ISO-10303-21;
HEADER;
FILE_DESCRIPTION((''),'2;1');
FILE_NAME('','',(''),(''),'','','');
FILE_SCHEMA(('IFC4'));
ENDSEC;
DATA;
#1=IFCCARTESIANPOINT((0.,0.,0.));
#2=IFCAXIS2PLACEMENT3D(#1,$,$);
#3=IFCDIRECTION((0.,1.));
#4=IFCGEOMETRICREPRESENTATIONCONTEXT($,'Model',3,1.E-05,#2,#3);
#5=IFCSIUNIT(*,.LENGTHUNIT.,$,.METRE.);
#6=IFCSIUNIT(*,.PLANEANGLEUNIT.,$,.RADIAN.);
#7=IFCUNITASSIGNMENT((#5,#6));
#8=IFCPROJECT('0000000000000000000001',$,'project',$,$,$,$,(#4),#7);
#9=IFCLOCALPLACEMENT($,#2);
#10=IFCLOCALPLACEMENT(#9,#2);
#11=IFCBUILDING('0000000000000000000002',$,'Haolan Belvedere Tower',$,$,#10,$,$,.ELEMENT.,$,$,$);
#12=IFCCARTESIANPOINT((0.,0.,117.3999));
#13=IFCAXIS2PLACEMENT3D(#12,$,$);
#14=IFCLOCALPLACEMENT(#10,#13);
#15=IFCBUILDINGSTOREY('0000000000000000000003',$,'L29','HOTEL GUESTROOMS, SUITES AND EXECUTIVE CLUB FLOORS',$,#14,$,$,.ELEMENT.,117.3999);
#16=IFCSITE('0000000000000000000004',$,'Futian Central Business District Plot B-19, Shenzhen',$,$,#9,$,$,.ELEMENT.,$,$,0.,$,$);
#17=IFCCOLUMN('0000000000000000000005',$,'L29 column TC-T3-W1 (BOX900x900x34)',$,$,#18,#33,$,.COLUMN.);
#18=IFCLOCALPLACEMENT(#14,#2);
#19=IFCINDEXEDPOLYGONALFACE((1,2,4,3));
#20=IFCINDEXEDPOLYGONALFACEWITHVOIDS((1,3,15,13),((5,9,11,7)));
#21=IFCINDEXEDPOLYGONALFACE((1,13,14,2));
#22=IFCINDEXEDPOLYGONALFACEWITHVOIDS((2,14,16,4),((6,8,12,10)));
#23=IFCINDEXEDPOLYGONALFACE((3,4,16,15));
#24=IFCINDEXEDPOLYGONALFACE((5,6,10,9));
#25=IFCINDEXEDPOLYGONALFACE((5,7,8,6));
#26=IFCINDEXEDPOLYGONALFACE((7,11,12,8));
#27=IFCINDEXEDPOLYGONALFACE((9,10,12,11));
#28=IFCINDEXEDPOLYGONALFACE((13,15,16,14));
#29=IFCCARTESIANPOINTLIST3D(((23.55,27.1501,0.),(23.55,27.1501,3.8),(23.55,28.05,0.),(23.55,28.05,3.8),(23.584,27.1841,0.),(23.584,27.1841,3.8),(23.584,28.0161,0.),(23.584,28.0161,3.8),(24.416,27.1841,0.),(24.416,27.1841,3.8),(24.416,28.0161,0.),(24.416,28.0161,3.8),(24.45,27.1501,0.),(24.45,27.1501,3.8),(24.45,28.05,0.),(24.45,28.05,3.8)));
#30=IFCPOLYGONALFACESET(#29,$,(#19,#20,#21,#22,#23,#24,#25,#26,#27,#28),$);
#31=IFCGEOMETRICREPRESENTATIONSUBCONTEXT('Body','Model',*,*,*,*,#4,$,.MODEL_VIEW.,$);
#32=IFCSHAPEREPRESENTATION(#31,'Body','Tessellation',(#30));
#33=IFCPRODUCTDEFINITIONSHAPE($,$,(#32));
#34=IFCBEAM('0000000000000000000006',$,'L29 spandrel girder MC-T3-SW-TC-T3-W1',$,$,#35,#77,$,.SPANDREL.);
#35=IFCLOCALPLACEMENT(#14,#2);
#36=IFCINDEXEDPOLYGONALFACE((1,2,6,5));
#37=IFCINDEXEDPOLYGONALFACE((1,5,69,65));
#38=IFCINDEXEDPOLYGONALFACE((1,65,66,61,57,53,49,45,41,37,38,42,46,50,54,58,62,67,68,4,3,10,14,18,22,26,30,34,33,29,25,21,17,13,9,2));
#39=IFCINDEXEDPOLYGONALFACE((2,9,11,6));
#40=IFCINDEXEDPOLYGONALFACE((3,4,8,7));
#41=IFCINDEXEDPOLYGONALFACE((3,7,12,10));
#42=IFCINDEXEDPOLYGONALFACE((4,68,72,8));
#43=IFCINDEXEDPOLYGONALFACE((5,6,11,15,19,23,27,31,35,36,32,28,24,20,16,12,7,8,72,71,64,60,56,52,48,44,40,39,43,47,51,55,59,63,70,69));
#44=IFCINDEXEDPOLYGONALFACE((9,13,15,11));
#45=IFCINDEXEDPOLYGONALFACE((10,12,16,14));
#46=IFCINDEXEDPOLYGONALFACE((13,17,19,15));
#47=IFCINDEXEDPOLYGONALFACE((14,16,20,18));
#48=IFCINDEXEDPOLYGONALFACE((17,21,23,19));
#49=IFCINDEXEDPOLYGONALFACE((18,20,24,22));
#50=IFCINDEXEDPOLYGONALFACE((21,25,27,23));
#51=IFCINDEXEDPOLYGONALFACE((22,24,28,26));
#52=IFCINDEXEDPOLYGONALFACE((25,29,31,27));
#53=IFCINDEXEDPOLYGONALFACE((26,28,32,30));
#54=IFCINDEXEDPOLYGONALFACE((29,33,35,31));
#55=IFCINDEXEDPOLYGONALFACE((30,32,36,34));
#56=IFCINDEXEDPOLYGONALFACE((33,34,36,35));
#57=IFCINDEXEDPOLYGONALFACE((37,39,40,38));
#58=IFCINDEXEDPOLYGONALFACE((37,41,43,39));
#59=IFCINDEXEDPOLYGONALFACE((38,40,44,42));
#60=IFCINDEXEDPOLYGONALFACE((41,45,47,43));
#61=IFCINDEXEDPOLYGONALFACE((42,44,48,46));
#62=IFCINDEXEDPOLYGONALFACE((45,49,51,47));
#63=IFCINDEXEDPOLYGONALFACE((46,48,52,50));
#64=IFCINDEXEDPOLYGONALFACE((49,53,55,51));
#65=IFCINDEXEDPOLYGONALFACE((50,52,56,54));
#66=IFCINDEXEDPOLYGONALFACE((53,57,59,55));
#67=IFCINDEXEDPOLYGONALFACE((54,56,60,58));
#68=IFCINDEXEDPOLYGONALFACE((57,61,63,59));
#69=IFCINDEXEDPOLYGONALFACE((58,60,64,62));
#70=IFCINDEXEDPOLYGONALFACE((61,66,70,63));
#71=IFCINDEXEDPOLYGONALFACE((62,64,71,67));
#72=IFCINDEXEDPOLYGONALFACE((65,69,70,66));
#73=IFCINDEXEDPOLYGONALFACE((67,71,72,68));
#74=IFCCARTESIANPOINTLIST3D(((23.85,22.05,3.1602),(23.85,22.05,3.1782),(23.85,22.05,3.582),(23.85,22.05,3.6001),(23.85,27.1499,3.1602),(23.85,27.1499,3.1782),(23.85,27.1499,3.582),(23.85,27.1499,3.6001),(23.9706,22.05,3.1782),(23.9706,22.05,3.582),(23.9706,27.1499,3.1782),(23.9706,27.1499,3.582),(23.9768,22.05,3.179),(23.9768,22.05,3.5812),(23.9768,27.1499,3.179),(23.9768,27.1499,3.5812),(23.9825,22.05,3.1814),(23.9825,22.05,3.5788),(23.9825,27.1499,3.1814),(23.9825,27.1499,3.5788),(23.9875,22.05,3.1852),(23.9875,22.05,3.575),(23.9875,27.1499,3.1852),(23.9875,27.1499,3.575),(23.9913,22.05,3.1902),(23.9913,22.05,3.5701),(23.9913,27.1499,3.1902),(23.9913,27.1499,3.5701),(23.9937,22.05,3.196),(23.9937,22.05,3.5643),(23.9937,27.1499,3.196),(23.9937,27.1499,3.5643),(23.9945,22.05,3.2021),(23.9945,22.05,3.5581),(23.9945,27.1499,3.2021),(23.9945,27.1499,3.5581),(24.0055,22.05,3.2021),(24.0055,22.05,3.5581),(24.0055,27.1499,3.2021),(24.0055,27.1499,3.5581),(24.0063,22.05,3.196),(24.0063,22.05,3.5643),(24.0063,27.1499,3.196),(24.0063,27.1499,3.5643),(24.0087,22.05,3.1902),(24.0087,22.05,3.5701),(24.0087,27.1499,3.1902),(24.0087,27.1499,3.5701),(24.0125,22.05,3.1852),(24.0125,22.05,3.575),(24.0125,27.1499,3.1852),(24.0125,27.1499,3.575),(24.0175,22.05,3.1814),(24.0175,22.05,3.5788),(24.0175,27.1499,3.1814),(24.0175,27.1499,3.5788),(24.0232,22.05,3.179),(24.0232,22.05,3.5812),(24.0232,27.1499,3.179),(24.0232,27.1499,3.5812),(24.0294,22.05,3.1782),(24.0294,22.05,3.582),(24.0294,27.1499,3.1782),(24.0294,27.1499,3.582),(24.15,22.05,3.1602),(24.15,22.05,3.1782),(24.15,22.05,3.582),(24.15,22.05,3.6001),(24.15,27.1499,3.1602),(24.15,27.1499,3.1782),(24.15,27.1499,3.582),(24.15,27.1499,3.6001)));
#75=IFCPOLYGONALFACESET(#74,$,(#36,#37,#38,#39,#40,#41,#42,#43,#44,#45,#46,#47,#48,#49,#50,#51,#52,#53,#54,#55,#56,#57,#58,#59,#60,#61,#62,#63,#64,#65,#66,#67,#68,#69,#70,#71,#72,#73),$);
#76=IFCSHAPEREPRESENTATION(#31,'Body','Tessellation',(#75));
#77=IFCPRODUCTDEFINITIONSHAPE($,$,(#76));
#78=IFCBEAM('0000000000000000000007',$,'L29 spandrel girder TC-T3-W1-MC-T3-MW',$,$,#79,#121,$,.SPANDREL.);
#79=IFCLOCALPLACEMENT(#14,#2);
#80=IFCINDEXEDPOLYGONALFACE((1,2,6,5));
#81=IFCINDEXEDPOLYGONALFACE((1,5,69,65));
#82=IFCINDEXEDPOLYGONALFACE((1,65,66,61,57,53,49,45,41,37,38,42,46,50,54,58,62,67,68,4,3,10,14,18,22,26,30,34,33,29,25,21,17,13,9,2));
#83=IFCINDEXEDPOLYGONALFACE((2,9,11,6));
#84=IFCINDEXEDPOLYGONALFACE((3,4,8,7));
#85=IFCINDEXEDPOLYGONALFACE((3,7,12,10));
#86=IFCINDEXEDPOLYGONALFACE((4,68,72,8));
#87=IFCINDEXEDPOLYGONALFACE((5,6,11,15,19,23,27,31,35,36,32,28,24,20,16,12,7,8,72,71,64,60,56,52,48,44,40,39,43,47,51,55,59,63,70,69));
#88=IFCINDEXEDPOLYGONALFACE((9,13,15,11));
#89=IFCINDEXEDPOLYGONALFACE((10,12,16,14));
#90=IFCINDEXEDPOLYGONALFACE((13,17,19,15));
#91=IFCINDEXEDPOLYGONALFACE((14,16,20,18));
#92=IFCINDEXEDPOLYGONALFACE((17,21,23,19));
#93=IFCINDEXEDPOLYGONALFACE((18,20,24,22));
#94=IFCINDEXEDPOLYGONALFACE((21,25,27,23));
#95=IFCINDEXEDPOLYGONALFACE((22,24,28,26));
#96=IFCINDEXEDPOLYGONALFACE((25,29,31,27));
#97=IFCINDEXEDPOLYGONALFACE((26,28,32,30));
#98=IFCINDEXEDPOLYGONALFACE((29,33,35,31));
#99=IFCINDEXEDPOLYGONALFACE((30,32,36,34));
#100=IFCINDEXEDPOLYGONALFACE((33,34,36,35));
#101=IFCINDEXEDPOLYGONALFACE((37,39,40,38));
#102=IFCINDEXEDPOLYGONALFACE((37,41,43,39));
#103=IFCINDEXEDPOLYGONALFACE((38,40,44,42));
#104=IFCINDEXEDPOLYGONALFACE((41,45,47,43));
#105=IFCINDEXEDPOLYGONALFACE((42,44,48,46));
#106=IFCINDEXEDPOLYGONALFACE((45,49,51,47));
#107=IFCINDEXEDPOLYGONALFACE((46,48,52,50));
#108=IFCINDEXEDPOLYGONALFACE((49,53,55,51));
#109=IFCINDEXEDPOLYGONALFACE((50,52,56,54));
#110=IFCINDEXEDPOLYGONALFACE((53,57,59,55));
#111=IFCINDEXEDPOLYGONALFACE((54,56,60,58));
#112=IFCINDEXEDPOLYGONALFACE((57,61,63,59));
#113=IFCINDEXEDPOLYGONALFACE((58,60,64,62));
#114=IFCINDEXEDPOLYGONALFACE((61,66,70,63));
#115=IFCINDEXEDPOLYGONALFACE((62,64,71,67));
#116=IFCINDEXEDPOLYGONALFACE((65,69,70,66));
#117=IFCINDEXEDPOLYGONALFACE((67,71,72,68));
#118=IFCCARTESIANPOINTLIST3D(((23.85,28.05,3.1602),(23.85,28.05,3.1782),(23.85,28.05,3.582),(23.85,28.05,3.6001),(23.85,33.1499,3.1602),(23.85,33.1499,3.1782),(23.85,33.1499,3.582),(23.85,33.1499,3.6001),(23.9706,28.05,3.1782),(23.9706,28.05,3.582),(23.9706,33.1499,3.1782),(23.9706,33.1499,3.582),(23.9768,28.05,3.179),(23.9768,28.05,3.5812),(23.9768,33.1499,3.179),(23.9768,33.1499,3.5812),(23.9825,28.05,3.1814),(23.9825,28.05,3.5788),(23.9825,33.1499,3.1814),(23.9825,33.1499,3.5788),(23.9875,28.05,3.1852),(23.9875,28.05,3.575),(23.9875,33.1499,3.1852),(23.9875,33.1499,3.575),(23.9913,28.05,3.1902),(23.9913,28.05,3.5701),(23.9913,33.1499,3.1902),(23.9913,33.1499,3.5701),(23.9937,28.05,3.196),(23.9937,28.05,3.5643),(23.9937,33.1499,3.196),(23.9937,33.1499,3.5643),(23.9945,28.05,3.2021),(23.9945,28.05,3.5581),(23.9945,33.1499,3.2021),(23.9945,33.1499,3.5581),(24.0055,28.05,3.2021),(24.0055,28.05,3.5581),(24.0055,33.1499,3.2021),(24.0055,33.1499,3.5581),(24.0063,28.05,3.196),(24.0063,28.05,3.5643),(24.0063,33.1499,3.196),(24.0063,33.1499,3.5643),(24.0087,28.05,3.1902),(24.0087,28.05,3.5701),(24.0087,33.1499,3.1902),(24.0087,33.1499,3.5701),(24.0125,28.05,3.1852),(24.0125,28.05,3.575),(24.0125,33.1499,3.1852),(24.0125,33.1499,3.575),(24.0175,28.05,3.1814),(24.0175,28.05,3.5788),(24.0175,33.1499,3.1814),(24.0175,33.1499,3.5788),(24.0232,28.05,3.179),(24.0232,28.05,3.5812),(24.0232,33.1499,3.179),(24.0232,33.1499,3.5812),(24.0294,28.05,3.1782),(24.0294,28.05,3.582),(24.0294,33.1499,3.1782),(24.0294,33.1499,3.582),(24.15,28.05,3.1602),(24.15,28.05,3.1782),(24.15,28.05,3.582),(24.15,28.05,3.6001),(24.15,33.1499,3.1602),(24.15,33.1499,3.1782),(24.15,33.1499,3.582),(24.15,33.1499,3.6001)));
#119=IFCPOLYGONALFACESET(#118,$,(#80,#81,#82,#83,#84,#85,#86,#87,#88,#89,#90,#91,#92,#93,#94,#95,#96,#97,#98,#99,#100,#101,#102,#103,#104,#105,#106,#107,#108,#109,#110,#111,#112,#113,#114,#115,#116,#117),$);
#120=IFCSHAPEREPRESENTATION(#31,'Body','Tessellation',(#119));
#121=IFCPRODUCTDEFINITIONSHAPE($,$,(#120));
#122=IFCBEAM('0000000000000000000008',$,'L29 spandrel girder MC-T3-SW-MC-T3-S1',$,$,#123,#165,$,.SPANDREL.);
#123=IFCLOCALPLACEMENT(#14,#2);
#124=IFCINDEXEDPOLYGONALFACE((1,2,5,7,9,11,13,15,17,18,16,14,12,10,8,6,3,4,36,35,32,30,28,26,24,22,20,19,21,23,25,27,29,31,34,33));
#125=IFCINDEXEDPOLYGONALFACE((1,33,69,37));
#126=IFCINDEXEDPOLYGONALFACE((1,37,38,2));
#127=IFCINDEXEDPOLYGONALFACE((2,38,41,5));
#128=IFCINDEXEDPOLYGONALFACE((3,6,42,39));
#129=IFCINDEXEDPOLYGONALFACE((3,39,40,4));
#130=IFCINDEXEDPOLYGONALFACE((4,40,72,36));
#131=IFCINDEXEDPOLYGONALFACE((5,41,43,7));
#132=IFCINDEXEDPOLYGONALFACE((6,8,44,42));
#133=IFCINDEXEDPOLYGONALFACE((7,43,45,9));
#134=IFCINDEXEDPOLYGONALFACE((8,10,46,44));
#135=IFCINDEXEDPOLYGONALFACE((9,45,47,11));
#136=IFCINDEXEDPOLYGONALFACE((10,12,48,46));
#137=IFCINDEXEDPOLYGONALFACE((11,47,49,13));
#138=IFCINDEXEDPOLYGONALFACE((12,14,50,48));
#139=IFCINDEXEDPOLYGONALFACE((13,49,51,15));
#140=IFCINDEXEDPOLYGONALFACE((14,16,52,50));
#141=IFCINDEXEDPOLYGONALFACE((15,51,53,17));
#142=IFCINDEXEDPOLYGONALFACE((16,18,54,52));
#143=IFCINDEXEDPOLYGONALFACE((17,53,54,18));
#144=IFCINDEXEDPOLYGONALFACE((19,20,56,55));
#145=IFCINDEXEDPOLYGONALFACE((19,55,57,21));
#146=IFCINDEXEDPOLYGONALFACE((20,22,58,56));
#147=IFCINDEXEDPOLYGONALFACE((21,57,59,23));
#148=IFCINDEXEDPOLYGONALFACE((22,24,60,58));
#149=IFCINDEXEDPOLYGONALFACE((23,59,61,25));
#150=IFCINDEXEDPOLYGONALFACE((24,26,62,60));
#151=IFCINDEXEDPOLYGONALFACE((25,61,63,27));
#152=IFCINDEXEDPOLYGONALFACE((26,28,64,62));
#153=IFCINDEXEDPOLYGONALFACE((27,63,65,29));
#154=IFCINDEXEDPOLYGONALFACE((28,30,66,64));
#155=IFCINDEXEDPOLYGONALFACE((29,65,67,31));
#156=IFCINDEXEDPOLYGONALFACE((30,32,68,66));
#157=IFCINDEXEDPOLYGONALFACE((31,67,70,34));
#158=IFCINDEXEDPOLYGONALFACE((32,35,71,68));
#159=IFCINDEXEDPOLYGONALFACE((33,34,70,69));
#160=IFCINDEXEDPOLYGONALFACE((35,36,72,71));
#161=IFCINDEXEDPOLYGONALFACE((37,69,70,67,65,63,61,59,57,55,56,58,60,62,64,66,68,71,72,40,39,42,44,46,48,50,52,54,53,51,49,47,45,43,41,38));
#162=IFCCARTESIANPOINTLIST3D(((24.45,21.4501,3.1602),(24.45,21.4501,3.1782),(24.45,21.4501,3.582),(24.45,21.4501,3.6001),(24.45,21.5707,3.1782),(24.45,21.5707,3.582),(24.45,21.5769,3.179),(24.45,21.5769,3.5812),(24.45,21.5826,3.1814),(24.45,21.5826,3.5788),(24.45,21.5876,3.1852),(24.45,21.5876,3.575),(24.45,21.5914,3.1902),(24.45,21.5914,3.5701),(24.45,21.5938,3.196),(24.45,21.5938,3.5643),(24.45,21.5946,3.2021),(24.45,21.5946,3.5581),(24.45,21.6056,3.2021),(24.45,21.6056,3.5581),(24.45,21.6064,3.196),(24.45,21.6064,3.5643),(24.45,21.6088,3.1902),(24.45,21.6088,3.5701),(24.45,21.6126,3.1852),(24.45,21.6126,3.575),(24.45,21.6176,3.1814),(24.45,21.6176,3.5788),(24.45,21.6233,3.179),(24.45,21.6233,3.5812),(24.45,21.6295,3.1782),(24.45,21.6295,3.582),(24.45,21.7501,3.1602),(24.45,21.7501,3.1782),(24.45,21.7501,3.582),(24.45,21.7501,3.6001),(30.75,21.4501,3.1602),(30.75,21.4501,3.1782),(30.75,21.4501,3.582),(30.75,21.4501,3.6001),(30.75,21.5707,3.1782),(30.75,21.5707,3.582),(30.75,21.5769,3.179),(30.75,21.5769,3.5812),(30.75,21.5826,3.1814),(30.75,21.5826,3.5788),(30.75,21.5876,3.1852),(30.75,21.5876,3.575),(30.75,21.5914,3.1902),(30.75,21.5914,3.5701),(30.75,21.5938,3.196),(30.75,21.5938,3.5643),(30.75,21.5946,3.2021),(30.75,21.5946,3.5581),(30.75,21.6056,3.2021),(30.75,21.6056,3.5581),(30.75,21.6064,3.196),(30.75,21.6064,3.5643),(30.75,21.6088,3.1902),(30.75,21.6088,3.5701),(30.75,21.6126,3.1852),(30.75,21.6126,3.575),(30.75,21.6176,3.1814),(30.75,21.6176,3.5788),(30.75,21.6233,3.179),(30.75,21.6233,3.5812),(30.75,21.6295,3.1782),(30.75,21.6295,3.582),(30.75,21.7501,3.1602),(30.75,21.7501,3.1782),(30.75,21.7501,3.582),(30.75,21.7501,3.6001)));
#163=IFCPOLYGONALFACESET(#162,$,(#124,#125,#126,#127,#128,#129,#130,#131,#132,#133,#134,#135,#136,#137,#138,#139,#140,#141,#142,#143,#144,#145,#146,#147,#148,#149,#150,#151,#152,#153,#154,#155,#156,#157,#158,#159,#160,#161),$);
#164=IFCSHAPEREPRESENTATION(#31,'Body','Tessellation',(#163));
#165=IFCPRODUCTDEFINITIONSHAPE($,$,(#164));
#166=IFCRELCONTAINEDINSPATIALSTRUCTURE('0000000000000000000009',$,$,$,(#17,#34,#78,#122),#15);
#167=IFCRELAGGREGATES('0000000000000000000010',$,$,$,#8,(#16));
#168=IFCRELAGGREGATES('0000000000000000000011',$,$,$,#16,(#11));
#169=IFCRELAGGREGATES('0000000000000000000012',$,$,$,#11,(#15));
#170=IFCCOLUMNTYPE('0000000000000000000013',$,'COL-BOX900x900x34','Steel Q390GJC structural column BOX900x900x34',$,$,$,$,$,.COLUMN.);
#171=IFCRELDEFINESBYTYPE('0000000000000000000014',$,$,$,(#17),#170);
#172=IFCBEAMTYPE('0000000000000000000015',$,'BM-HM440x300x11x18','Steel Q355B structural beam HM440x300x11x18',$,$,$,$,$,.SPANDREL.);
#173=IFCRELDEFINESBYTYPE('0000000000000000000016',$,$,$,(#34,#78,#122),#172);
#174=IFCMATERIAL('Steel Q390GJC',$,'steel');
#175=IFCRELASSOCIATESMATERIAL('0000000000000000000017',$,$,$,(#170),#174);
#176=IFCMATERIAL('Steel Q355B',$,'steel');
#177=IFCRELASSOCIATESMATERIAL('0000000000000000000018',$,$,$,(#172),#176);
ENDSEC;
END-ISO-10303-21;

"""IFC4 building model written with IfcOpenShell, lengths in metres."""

from ifc_helpers import new_model, si_unit, direction, frame, origin, origin_2d, place, context, subcontext, project, spatial, hollow_rectangle, i_section, extrude, material, material_profile, profile_set, type_object, element, save


model = new_model("IFC4")

# Units and contexts
model_context = context("Model", 3, precision=1e-05, world=origin(), true_north=direction((0.0, 1.0)))
body_context = subcontext(model_context, "Body", "Model", "MODEL_VIEW")
ifc_project = project(units=[si_unit("LENGTHUNIT", "METRE"), si_unit("PLANEANGLEUNIT", "RADIAN")], contexts=[model_context])

# Site, building, storey
site_placement = place(None, origin())
site = spatial("IfcSite", under=ifc_project, at=site_placement, Name="Futian Central Business District Plot B-19, Shenzhen", CompositionType="ELEMENT", RefElevation=0.0)
building_placement = place(site_placement, origin())
building = spatial("IfcBuilding", under=site, at=building_placement, Name="Haolan Belvedere Tower", CompositionType="ELEMENT")
storey_placement = place(building_placement, frame((0.0, 0.0, 117.3999)))
storey = spatial("IfcBuildingStorey", under=building, at=storey_placement, Name="L29", Description="HOTEL GUESTROOMS, SUITES AND EXECUTIVE CLUB FLOORS", CompositionType="ELEMENT", Elevation=117.3999)

# Column
ifc_material_1 = material(Name="Steel Q390GJC", Category="steel")
ifc_material_profile_1 = material_profile(ifc_material_1, hollow_rectangle(XDim=0.8999, YDim=0.8999, WallThickness=0.0339, at=origin_2d()), Name="Steel Q390GJC")
ifc_profile_set_1 = profile_set([ifc_material_profile_1], Name="Steel Q390GJC")
column_type = type_object("IfcColumnType", Name="COL-BOX900x900x34", Description="Steel Q390GJC structural column BOX900x900x34", PredefinedType="COLUMN", material=ifc_profile_set_1)
column_placement = place(storey_placement, frame((24.0, 27.6001, 0.0), z_axis=(0.0, 0.0, 1.0), x_axis=(1.0, 0.0, 0.0)))
element("IfcColumn", 1, at=column_placement, inside=storey, type_object=column_type, Name="L29 column TC-T3-W1 (BOX900x900x34)", PredefinedType="COLUMN", context=body_context, shape_type="SweptSolid", body=[
    extrude(hollow_rectangle(XDim=0.8999, YDim=0.8999, WallThickness=0.0339, at=origin_2d()), origin(), (0.0, 0.0, 1.0), 3.8),
])

# Beams
ifc_material_2 = material(Name="Steel Q355B", Category="steel")
ifc_material_profile_2 = material_profile(ifc_material_2, i_section(OverallWidth=0.3, OverallDepth=0.4399, WebThickness=0.011, FlangeThickness=0.0181, FilletRadius=0.0239, at=origin_2d()), Name="Steel Q355B")
ifc_profile_set_2 = profile_set([ifc_material_profile_2], Name="Steel Q355B")
beam_type_1 = type_object("IfcBeamType", Name="BM-HM440x300x11x18", Description="Steel Q355B structural beam HM440x300x11x18", PredefinedType="SPANDREL", material=ifc_profile_set_2)
for number, where, z_axis, x_axis, name in (
    (2, (24.0, 22.05, 3.3801), (0.0, 1.0, 0.0), (-1.0, 0.0, 0.0), "L29 spandrel girder MC-T3-SW-TC-T3-W1"),
    (3, (24.0, 28.05, 3.3801), (0.0, 1.0, 0.0), (-1.0, 0.0, 0.0), "L29 spandrel girder TC-T3-W1-MC-T3-MW"),
):
    element("IfcBeam", number, at=place(storey_placement, frame(where, z_axis=z_axis, x_axis=x_axis)), inside=storey, type_object=beam_type_1, Name=name, PredefinedType="SPANDREL", context=body_context, shape_type="SweptSolid", body=[
        extrude(i_section(OverallWidth=0.3, OverallDepth=0.4399, WebThickness=0.011, FlangeThickness=0.0181, FilletRadius=0.0239, at=origin_2d()), origin(), (0.0, 0.0, 1.0), 5.0999),
    ])
beam_1_placement = place(storey_placement, frame((24.45, 21.6001, 3.3801), z_axis=(1.0, 0.0, 0.0), x_axis=(0.0, 1.0, 0.0)))
element("IfcBeam", 4, at=beam_1_placement, inside=storey, type_object=beam_type_1, Name="L29 spandrel girder MC-T3-SW-MC-T3-S1", PredefinedType="SPANDREL", context=body_context, shape_type="SweptSolid", body=[
    extrude(i_section(OverallWidth=0.3, OverallDepth=0.4399, WebThickness=0.011, FlangeThickness=0.0181, FilletRadius=0.0239, at=origin_2d()), origin(), (0.0, 0.0, 1.0), 6.3),
])

save(model, "model.ifc")
